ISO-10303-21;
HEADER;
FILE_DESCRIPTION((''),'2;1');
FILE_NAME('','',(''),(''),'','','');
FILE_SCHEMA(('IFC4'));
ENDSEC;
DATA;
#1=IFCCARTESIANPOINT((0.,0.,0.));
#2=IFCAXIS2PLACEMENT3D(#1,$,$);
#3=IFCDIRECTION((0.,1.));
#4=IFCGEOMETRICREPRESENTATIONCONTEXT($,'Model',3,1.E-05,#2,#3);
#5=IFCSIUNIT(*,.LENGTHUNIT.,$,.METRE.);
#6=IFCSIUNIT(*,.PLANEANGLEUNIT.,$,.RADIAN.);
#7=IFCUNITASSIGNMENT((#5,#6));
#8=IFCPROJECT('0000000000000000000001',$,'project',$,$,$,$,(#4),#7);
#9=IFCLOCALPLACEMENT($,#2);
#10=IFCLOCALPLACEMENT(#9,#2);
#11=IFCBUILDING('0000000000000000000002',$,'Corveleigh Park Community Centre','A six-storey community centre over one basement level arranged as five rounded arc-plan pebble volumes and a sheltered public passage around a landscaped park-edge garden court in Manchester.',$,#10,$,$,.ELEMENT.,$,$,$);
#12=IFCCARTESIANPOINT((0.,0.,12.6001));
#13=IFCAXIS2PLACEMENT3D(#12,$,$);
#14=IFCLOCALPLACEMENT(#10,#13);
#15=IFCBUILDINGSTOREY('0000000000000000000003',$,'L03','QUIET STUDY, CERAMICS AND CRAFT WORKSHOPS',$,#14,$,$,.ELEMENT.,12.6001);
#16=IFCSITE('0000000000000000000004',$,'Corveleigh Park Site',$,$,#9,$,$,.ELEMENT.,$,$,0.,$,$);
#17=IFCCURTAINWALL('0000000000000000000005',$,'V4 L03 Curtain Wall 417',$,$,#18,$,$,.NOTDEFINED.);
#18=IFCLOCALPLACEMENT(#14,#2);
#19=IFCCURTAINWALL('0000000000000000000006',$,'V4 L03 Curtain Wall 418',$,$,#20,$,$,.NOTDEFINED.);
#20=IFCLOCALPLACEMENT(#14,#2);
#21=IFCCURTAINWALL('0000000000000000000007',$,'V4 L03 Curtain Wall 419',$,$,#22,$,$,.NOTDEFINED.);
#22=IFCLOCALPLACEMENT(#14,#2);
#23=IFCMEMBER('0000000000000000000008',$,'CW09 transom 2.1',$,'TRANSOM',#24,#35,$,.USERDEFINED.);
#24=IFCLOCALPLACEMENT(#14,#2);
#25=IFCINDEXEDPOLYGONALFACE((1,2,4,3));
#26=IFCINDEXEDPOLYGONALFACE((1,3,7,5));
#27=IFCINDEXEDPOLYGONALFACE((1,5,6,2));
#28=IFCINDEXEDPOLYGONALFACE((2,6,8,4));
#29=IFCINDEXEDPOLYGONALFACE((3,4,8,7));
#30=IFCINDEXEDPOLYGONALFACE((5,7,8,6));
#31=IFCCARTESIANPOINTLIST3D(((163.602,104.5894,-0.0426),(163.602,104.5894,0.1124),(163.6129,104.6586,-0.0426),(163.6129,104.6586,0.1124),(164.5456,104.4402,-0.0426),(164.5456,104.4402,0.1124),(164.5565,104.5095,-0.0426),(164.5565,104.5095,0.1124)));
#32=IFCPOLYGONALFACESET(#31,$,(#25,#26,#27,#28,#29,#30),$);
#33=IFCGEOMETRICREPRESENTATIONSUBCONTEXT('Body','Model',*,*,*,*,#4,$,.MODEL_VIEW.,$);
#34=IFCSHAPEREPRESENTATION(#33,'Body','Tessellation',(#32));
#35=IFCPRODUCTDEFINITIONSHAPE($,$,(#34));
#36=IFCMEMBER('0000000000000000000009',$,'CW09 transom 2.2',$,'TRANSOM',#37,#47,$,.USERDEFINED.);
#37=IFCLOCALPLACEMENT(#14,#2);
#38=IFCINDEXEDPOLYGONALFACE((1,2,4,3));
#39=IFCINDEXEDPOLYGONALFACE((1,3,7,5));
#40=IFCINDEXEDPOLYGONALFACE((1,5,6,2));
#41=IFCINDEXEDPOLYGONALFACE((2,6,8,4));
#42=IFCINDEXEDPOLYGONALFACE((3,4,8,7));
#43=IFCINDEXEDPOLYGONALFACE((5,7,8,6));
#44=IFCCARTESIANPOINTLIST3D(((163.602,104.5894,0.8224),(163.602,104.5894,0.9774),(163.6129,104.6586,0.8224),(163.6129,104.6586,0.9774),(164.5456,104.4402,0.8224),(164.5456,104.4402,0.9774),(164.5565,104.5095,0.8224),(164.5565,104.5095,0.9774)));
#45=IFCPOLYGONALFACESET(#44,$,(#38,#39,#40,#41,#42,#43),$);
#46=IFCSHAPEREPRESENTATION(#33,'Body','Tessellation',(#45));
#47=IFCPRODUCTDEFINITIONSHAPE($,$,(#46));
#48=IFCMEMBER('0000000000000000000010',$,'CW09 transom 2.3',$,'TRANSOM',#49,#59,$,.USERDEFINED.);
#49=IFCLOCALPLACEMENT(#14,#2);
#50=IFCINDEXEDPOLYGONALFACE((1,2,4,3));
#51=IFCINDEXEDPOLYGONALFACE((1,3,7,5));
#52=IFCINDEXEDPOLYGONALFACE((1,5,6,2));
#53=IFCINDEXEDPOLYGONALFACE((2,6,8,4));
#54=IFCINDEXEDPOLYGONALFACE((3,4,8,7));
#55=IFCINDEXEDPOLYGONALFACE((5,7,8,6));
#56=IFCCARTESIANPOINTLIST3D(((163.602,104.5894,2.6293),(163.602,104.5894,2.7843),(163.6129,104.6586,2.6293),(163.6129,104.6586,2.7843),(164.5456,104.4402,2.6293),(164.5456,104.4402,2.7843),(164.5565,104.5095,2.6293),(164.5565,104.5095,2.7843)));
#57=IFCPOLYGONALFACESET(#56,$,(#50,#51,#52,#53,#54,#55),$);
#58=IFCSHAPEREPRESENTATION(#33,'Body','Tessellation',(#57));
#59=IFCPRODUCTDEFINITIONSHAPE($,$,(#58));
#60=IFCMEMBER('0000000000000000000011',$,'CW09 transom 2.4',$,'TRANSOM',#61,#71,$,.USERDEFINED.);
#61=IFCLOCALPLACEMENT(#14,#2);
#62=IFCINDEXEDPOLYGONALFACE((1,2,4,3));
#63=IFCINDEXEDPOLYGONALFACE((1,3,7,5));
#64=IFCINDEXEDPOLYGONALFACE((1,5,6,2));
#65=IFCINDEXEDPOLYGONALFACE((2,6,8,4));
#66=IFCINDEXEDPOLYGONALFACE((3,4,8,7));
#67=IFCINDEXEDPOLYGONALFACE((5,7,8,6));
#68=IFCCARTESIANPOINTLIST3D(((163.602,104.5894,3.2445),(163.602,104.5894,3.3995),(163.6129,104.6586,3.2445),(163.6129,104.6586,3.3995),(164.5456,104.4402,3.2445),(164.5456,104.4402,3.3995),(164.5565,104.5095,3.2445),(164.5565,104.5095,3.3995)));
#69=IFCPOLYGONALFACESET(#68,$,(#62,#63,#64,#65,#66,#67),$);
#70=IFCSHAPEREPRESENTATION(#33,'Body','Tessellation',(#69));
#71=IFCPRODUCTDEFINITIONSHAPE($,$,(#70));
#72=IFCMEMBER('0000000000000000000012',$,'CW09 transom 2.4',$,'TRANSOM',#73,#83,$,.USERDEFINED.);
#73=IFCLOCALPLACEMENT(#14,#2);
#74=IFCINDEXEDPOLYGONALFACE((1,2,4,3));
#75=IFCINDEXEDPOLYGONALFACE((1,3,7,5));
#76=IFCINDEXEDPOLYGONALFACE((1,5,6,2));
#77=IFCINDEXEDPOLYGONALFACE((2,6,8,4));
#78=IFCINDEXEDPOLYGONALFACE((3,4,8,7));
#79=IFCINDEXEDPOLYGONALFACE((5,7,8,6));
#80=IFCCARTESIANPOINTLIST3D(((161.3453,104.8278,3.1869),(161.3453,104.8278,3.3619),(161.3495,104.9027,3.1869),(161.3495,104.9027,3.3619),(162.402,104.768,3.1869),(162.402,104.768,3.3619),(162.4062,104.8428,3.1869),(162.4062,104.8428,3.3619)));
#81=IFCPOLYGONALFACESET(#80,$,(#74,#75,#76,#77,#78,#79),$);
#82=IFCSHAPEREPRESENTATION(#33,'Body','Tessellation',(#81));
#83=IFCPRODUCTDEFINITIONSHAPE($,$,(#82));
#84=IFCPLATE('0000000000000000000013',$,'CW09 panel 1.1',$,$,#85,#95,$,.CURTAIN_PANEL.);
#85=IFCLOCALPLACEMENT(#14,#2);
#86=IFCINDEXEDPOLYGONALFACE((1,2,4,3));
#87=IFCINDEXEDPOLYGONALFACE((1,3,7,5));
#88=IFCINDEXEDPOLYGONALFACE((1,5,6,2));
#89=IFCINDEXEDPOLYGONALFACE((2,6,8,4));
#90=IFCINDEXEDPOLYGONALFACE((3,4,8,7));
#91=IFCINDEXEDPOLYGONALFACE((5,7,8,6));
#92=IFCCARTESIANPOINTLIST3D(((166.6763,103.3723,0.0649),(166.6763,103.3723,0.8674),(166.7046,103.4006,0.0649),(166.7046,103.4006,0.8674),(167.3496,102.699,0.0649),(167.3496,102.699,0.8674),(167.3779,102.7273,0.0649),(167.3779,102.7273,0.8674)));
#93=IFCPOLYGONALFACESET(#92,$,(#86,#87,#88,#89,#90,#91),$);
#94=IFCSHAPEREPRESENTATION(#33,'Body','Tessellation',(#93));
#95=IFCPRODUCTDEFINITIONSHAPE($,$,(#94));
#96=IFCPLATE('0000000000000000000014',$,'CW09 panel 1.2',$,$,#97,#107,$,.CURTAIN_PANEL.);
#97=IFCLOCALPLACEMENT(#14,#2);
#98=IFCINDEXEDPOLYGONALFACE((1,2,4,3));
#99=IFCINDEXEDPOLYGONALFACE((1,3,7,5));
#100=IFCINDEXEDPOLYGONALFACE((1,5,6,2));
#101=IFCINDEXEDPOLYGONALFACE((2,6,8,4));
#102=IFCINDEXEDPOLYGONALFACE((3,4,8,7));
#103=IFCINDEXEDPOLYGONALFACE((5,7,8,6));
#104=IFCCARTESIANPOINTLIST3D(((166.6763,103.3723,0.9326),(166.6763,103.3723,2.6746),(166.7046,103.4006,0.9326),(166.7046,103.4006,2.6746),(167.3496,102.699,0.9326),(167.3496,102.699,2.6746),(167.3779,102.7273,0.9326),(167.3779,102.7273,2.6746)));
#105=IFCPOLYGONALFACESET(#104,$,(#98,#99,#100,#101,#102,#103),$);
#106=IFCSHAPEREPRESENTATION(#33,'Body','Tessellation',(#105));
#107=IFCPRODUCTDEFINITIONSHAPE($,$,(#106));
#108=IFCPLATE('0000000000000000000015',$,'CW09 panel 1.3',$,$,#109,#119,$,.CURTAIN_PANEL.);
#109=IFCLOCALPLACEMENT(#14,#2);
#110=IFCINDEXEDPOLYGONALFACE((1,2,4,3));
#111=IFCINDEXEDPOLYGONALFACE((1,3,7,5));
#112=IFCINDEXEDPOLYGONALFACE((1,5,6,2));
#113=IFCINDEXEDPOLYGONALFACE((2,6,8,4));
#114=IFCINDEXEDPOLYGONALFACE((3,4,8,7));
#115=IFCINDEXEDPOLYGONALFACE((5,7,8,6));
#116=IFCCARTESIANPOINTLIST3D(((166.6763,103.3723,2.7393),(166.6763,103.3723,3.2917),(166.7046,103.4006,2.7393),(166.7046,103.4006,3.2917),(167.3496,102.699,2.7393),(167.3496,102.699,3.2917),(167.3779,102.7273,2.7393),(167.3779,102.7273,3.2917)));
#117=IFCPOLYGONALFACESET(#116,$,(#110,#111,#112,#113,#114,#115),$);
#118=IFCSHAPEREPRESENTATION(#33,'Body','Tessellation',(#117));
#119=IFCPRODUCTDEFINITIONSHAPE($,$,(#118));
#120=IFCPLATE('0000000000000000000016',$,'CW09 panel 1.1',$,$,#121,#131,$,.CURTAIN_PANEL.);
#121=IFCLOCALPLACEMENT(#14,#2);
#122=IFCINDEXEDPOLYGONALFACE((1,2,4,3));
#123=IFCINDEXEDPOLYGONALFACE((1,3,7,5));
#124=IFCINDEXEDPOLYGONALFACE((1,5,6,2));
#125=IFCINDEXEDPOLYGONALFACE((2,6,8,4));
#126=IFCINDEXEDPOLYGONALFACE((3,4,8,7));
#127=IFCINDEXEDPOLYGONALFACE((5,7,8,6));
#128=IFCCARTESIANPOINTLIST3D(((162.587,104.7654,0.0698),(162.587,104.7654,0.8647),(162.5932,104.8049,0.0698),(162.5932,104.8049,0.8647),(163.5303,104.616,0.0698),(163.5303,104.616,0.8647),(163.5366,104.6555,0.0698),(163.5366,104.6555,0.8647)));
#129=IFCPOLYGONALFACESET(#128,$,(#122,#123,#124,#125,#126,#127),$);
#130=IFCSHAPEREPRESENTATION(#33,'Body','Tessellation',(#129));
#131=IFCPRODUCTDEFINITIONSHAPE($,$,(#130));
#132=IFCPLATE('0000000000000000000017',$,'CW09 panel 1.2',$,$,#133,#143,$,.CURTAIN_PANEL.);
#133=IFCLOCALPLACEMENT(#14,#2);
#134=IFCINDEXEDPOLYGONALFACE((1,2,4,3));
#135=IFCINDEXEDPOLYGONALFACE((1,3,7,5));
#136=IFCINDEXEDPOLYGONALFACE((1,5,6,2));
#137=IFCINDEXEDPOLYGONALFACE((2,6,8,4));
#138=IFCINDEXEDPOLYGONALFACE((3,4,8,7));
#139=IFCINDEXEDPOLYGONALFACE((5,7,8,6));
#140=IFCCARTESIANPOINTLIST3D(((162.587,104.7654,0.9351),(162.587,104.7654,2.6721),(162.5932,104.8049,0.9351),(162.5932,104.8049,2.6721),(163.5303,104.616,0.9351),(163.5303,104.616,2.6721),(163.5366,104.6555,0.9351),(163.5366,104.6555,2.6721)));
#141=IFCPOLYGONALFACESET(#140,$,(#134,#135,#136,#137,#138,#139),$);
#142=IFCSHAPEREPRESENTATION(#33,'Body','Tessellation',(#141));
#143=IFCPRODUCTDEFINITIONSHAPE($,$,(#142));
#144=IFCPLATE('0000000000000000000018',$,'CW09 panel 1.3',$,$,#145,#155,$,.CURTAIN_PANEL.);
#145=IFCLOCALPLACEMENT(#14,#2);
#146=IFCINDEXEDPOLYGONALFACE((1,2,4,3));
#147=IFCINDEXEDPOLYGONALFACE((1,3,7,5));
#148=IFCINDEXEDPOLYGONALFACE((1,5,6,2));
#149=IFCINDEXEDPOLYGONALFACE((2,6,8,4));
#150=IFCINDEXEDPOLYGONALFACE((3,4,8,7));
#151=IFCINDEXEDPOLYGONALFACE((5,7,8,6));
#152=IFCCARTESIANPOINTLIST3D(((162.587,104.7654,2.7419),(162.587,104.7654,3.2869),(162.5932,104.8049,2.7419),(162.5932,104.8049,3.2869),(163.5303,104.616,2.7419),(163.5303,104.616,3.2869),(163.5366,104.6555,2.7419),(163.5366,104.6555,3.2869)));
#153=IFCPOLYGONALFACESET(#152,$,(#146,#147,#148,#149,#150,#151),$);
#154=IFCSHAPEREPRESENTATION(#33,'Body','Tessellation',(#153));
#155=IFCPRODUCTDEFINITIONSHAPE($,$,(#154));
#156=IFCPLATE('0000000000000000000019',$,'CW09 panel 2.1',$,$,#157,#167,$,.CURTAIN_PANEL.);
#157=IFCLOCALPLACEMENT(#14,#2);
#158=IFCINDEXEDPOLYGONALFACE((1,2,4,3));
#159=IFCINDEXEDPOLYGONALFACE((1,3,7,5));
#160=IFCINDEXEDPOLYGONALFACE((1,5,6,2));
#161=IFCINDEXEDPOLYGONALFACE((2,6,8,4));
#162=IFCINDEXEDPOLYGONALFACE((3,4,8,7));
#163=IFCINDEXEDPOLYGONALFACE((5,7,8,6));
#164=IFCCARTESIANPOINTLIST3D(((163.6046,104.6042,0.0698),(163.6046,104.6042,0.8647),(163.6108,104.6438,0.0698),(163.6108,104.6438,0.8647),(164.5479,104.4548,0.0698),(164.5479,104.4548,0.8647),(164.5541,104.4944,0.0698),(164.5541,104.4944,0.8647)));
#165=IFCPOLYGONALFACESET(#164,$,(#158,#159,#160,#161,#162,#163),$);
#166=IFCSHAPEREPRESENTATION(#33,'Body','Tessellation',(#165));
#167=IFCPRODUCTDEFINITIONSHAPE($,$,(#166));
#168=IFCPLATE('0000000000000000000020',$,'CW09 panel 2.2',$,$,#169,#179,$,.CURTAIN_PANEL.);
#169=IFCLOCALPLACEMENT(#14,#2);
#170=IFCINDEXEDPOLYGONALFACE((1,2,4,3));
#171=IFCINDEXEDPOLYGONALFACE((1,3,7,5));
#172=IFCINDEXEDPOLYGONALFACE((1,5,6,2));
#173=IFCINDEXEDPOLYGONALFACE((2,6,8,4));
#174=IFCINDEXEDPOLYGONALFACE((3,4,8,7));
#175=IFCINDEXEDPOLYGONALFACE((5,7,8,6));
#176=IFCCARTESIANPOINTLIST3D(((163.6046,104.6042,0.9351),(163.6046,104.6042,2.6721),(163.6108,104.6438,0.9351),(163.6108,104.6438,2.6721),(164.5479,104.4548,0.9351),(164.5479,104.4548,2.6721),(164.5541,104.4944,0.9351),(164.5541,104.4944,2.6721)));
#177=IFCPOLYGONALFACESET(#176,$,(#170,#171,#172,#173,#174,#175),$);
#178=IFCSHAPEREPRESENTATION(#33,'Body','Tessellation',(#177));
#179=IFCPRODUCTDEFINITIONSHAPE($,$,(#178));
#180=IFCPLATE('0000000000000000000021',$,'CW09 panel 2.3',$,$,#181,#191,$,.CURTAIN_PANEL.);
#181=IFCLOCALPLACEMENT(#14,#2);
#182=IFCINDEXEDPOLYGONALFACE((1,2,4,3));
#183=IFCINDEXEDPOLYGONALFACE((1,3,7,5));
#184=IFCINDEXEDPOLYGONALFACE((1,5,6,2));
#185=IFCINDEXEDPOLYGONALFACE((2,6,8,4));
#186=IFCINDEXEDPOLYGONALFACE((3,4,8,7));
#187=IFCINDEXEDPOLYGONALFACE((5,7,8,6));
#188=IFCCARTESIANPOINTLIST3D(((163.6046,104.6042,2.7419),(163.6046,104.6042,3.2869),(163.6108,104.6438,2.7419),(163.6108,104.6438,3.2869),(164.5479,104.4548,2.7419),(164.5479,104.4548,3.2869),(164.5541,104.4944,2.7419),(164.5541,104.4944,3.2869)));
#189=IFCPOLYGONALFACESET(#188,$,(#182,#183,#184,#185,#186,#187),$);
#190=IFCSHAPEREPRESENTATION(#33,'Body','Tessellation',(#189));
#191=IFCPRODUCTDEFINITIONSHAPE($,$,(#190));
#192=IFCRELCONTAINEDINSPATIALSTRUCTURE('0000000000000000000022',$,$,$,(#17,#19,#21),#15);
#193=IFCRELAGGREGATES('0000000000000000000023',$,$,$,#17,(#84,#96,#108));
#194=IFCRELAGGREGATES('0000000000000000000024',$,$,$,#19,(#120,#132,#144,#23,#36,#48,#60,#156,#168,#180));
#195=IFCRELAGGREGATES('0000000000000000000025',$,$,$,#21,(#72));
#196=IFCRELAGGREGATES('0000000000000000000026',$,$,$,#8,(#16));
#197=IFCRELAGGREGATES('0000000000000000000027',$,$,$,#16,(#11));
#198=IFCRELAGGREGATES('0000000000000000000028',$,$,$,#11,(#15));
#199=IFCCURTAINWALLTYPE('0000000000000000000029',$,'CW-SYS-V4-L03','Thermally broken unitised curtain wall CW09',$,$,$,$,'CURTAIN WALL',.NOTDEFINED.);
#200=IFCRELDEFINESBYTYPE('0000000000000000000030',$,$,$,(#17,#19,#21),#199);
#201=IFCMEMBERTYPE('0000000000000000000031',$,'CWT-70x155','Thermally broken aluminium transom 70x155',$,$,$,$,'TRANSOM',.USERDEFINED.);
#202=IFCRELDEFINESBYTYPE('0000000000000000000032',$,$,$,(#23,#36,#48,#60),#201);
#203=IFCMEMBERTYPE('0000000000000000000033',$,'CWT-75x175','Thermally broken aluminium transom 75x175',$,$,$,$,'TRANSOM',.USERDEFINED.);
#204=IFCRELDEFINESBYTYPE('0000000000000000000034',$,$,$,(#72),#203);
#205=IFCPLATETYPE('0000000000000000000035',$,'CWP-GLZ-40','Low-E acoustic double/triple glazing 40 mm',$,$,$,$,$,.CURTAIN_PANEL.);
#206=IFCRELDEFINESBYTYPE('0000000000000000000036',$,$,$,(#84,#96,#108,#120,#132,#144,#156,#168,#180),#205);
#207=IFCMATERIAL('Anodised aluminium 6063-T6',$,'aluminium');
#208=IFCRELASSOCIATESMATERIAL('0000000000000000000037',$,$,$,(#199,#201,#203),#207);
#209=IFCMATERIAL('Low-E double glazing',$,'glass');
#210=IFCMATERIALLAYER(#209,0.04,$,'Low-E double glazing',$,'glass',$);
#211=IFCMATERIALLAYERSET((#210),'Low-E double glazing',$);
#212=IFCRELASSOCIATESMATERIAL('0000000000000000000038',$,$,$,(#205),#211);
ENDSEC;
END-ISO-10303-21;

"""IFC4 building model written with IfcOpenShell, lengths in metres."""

from ifc_helpers import new_model, si_unit, direction, frame, origin, origin_2d, place, context, subcontext, project, spatial, rectangle, extrude, material, layer, layer_set, material_profile, profile_set, type_object, element, aggregate, save


model = new_model("IFC4")

# Units and contexts
model_context = context("Model", 3, precision=1e-05, world=origin(), true_north=direction((0.0, 1.0)))
body_context = subcontext(model_context, "Body", "Model", "MODEL_VIEW")
ifc_project = project(units=[si_unit("LENGTHUNIT", "METRE"), si_unit("PLANEANGLEUNIT", "RADIAN")], contexts=[model_context])

# Site, building, storey
site_placement = place(None, origin())
site = spatial("IfcSite", under=ifc_project, at=site_placement, Name="Corveleigh Park Site", CompositionType="ELEMENT", RefElevation=0.0)
building_placement = place(site_placement, origin())
building = spatial("IfcBuilding", under=site, at=building_placement, Name="Corveleigh Park Community Centre", Description="A six-storey community centre over one basement level arranged as five rounded arc-plan pebble volumes and a sheltered public passage around a landscaped park-edge garden court in Manchester.", CompositionType="ELEMENT")
storey_placement = place(building_placement, frame((0.0, 0.0, 12.6001)))
storey = spatial("IfcBuildingStorey", under=building, at=storey_placement, Name="L03", Description="QUIET STUDY, CERAMICS AND CRAFT WORKSHOPS", CompositionType="ELEMENT", Elevation=12.6001)

# Curtain walls
ifc_material_1 = material(Name="Anodised aluminium 6063-T6", Category="aluminium")
curtain_wall_type = type_object("IfcCurtainWallType", Name="CW-SYS-V4-L03", Description="Thermally broken unitised curtain wall CW09", ElementType="CURTAIN WALL", PredefinedType="NOTDEFINED", material=ifc_material_1)
curtain_wall_1_placement = place(storey_placement, origin())
curtain_wall_1 = element("IfcCurtainWall", 1, at=curtain_wall_1_placement, inside=storey, type_object=curtain_wall_type, Name="V4 L03 Curtain Wall 417", PredefinedType="NOTDEFINED")
curtain_wall_2_placement = place(storey_placement, origin())
curtain_wall_2 = element("IfcCurtainWall", 2, at=curtain_wall_2_placement, inside=storey, type_object=curtain_wall_type, Name="V4 L03 Curtain Wall 418", PredefinedType="NOTDEFINED")

# Curtain wall
curtain_wall_3_placement = place(storey_placement, origin())
curtain_wall_3 = element("IfcCurtainWall", 3, at=curtain_wall_3_placement, inside=storey, type_object=curtain_wall_type, Name="V4 L03 Curtain Wall 419", PredefinedType="NOTDEFINED")

# Members
ifc_material_profile_1 = material_profile(ifc_material_1, rectangle(XDim=0.0701, YDim=0.155, at=origin_2d()), Name="ALU-T70x155", Category="aluminium")
ifc_profile_set_1 = profile_set([ifc_material_profile_1], Name="Anodised aluminium 6063-T6")
member_type_1 = type_object("IfcMemberType", Name="CWT-70x155", Description="Thermally broken aluminium transom 70x155", ElementType="TRANSOM", PredefinedType="USERDEFINED", material=ifc_profile_set_1)
member_1_placement = place(storey_placement, frame((163.6074, 104.624, 0.0349), z_axis=(0.987734, -0.156146, 0.0), x_axis=(0.156146, 0.987734, 0.0)))
member_1 = element("IfcMember", 4, at=member_1_placement, type_object=member_type_1, Name="CW09 transom 2.1", ObjectType="TRANSOM", PredefinedType="USERDEFINED", context=body_context, shape_type="SweptSolid", body=[
    extrude(rectangle(XDim=0.0701, YDim=0.155, at=origin_2d()), origin(), (0.0, 0.0, 1.0), 0.9553),
])
member_2_placement = place(storey_placement, frame((163.6074, 104.624, 0.8999), z_axis=(0.987734, -0.156146, 0.0), x_axis=(0.156146, 0.987734, 0.0)))
member_2 = element("IfcMember", 5, at=member_2_placement, type_object=member_type_1, Name="CW09 transom 2.2", ObjectType="TRANSOM", PredefinedType="USERDEFINED", context=body_context, shape_type="SweptSolid", body=[
    extrude(rectangle(XDim=0.0701, YDim=0.155, at=origin_2d()), origin(), (0.0, 0.0, 1.0), 0.9553),
])
member_3_placement = place(storey_placement, frame((163.6074, 104.624, 2.7068), z_axis=(0.987734, -0.156146, 0.0), x_axis=(0.156146, 0.987734, 0.0)))
member_3 = element("IfcMember", 6, at=member_3_placement, type_object=member_type_1, Name="CW09 transom 2.3", ObjectType="TRANSOM", PredefinedType="USERDEFINED", context=body_context, shape_type="SweptSolid", body=[
    extrude(rectangle(XDim=0.0701, YDim=0.155, at=origin_2d()), origin(), (0.0, 0.0, 1.0), 0.9553),
])
member_4_placement = place(storey_placement, frame((163.6074, 104.624, 3.322), z_axis=(0.987734, -0.156146, 0.0), x_axis=(0.156146, 0.987734, 0.0)))
member_4 = element("IfcMember", 7, at=member_4_placement, type_object=member_type_1, Name="CW09 transom 2.4", ObjectType="TRANSOM", PredefinedType="USERDEFINED", context=body_context, shape_type="SweptSolid", body=[
    extrude(rectangle(XDim=0.0701, YDim=0.155, at=origin_2d()), origin(), (0.0, 0.0, 1.0), 0.9553),
])
ifc_material_profile_2 = material_profile(ifc_material_1, rectangle(XDim=0.075, YDim=0.175, at=origin_2d()), Name="ALU-T75x175", Category="aluminium")
ifc_profile_set_2 = profile_set([ifc_material_profile_2], Name="Anodised aluminium 6063-T6")
member_type_2 = type_object("IfcMemberType", Name="CWT-75x175", Description="Thermally broken aluminium transom 75x175", ElementType="TRANSOM", PredefinedType="USERDEFINED", material=ifc_profile_set_2)
member_5_placement = place(storey_placement, frame((161.3474, 104.8652, 3.2744), z_axis=(0.998402, -0.056518, 0.0), x_axis=(0.056518, 0.998402, 0.0)))
member_5 = element("IfcMember", 8, at=member_5_placement, type_object=member_type_2, Name="CW09 transom 2.4", ObjectType="TRANSOM", PredefinedType="USERDEFINED", context=body_context, shape_type="SweptSolid", body=[
    extrude(rectangle(XDim=0.075, YDim=0.175, at=origin_2d()), origin(), (0.0, 0.0, 1.0), 1.0583),
])

# Plates
ifc_material_2 = material(Name="Low-E double glazing", Category="glass")
ifc_layer_1 = layer(ifc_material_2, 0.04, Name="Low-E double glazing", Category="glass")
ifc_layer_set_1 = layer_set([ifc_layer_1], Name="Low-E double glazing")
plate_type_1 = type_object("IfcPlateType", Name="CWP-GLZ-40", Description="Low-E acoustic double/triple glazing 40 mm", PredefinedType="CURTAIN_PANEL", material=ifc_layer_set_1)
plate_1_placement = place(storey_placement, frame((167.0271, 103.0498, 0.0649), z_axis=(0.0, 0.0, 1.0), x_axis=(0.707107, -0.707107, 0.0)))
plate_1 = element("IfcPlate", 9, at=plate_1_placement, type_object=plate_type_1, Name="CW09 panel 1.1", PredefinedType="CURTAIN_PANEL", context=body_context, shape_type="SweptSolid", body=[
    extrude(rectangle(XDim=0.9521, YDim=0.04, at=origin_2d()), origin(), (0.0, 0.0, 1.0), 0.8025),
])
plate_2_placement = place(storey_placement, frame((167.0271, 103.0498, 0.9326), z_axis=(0.0, 0.0, 1.0), x_axis=(0.707107, -0.707107, 0.0)))
plate_2 = element("IfcPlate", 10, at=plate_2_placement, type_object=plate_type_1, Name="CW09 panel 1.2", PredefinedType="CURTAIN_PANEL", context=body_context, shape_type="SweptSolid", body=[
    extrude(rectangle(XDim=0.9521, YDim=0.04, at=origin_2d()), origin(), (0.0, 0.0, 1.0), 1.7419),
])
plate_3_placement = place(storey_placement, frame((167.0271, 103.0498, 2.7393), z_axis=(0.0, 0.0, 1.0), x_axis=(0.707107, -0.707107, 0.0)))
plate_3 = element("IfcPlate", 11, at=plate_3_placement, type_object=plate_type_1, Name="CW09 panel 1.3", PredefinedType="CURTAIN_PANEL", context=body_context, shape_type="SweptSolid", body=[
    extrude(rectangle(XDim=0.9521, YDim=0.04, at=origin_2d()), origin(), (0.0, 0.0, 1.0), 0.5525),
])
aggregate(curtain_wall_1, [plate_1, plate_2, plate_3])
plate_4_placement = place(storey_placement, frame((163.0618, 104.7104, 0.0698), z_axis=(0.0, 0.0, 1.0), x_axis=(0.987691, -0.156419, 0.0)))
plate_4 = element("IfcPlate", 12, at=plate_4_placement, type_object=plate_type_1, Name="CW09 panel 1.1", PredefinedType="CURTAIN_PANEL", context=body_context, shape_type="SweptSolid", body=[
    extrude(rectangle(XDim=0.9551, YDim=0.04, at=origin_2d()), origin(), (0.0, 0.0, 1.0), 0.7949),
])
plate_5_placement = place(storey_placement, frame((163.0618, 104.7104, 0.9351), z_axis=(0.0, 0.0, 1.0), x_axis=(0.987691, -0.156419, 0.0)))
plate_5 = element("IfcPlate", 13, at=plate_5_placement, type_object=plate_type_1, Name="CW09 panel 1.2", PredefinedType="CURTAIN_PANEL", context=body_context, shape_type="SweptSolid", body=[
    extrude(rectangle(XDim=0.9551, YDim=0.04, at=origin_2d()), origin(), (0.0, 0.0, 1.0), 1.7371),
])
plate_6_placement = place(storey_placement, frame((163.0618, 104.7104, 2.7419), z_axis=(0.0, 0.0, 1.0), x_axis=(0.987691, -0.156419, 0.0)))
plate_6 = element("IfcPlate", 14, at=plate_6_placement, type_object=plate_type_1, Name="CW09 panel 1.3", PredefinedType="CURTAIN_PANEL", context=body_context, shape_type="SweptSolid", body=[
    extrude(rectangle(XDim=0.9551, YDim=0.04, at=origin_2d()), origin(), (0.0, 0.0, 1.0), 0.5449),
])
plate_7_placement = place(storey_placement, frame((164.0793, 104.5493, 0.0698), z_axis=(0.0, 0.0, 1.0), x_axis=(0.987691, -0.156419, 0.0)))
plate_7 = element("IfcPlate", 15, at=plate_7_placement, type_object=plate_type_1, Name="CW09 panel 2.1", PredefinedType="CURTAIN_PANEL", context=body_context, shape_type="SweptSolid", body=[
    extrude(rectangle(XDim=0.9551, YDim=0.04, at=origin_2d()), origin(), (0.0, 0.0, 1.0), 0.7949),
])
plate_8_placement = place(storey_placement, frame((164.0793, 104.5493, 0.9351), z_axis=(0.0, 0.0, 1.0), x_axis=(0.987691, -0.156419, 0.0)))
plate_8 = element("IfcPlate", 16, at=plate_8_placement, type_object=plate_type_1, Name="CW09 panel 2.2", PredefinedType="CURTAIN_PANEL", context=body_context, shape_type="SweptSolid", body=[
    extrude(rectangle(XDim=0.9551, YDim=0.04, at=origin_2d()), origin(), (0.0, 0.0, 1.0), 1.7371),
])
plate_9_placement = place(storey_placement, frame((164.0793, 104.5493, 2.7419), z_axis=(0.0, 0.0, 1.0), x_axis=(0.987691, -0.156419, 0.0)))
plate_9 = element("IfcPlate", 17, at=plate_9_placement, type_object=plate_type_1, Name="CW09 panel 2.3", PredefinedType="CURTAIN_PANEL", context=body_context, shape_type="SweptSolid", body=[
    extrude(rectangle(XDim=0.9551, YDim=0.04, at=origin_2d()), origin(), (0.0, 0.0, 1.0), 0.5449),
])
aggregate(curtain_wall_2, [plate_4, plate_5, plate_6, member_1, member_2, member_3, member_4, plate_7, plate_8, plate_9])
aggregate(curtain_wall_3, [member_5])

save(model, "model.ifc")
